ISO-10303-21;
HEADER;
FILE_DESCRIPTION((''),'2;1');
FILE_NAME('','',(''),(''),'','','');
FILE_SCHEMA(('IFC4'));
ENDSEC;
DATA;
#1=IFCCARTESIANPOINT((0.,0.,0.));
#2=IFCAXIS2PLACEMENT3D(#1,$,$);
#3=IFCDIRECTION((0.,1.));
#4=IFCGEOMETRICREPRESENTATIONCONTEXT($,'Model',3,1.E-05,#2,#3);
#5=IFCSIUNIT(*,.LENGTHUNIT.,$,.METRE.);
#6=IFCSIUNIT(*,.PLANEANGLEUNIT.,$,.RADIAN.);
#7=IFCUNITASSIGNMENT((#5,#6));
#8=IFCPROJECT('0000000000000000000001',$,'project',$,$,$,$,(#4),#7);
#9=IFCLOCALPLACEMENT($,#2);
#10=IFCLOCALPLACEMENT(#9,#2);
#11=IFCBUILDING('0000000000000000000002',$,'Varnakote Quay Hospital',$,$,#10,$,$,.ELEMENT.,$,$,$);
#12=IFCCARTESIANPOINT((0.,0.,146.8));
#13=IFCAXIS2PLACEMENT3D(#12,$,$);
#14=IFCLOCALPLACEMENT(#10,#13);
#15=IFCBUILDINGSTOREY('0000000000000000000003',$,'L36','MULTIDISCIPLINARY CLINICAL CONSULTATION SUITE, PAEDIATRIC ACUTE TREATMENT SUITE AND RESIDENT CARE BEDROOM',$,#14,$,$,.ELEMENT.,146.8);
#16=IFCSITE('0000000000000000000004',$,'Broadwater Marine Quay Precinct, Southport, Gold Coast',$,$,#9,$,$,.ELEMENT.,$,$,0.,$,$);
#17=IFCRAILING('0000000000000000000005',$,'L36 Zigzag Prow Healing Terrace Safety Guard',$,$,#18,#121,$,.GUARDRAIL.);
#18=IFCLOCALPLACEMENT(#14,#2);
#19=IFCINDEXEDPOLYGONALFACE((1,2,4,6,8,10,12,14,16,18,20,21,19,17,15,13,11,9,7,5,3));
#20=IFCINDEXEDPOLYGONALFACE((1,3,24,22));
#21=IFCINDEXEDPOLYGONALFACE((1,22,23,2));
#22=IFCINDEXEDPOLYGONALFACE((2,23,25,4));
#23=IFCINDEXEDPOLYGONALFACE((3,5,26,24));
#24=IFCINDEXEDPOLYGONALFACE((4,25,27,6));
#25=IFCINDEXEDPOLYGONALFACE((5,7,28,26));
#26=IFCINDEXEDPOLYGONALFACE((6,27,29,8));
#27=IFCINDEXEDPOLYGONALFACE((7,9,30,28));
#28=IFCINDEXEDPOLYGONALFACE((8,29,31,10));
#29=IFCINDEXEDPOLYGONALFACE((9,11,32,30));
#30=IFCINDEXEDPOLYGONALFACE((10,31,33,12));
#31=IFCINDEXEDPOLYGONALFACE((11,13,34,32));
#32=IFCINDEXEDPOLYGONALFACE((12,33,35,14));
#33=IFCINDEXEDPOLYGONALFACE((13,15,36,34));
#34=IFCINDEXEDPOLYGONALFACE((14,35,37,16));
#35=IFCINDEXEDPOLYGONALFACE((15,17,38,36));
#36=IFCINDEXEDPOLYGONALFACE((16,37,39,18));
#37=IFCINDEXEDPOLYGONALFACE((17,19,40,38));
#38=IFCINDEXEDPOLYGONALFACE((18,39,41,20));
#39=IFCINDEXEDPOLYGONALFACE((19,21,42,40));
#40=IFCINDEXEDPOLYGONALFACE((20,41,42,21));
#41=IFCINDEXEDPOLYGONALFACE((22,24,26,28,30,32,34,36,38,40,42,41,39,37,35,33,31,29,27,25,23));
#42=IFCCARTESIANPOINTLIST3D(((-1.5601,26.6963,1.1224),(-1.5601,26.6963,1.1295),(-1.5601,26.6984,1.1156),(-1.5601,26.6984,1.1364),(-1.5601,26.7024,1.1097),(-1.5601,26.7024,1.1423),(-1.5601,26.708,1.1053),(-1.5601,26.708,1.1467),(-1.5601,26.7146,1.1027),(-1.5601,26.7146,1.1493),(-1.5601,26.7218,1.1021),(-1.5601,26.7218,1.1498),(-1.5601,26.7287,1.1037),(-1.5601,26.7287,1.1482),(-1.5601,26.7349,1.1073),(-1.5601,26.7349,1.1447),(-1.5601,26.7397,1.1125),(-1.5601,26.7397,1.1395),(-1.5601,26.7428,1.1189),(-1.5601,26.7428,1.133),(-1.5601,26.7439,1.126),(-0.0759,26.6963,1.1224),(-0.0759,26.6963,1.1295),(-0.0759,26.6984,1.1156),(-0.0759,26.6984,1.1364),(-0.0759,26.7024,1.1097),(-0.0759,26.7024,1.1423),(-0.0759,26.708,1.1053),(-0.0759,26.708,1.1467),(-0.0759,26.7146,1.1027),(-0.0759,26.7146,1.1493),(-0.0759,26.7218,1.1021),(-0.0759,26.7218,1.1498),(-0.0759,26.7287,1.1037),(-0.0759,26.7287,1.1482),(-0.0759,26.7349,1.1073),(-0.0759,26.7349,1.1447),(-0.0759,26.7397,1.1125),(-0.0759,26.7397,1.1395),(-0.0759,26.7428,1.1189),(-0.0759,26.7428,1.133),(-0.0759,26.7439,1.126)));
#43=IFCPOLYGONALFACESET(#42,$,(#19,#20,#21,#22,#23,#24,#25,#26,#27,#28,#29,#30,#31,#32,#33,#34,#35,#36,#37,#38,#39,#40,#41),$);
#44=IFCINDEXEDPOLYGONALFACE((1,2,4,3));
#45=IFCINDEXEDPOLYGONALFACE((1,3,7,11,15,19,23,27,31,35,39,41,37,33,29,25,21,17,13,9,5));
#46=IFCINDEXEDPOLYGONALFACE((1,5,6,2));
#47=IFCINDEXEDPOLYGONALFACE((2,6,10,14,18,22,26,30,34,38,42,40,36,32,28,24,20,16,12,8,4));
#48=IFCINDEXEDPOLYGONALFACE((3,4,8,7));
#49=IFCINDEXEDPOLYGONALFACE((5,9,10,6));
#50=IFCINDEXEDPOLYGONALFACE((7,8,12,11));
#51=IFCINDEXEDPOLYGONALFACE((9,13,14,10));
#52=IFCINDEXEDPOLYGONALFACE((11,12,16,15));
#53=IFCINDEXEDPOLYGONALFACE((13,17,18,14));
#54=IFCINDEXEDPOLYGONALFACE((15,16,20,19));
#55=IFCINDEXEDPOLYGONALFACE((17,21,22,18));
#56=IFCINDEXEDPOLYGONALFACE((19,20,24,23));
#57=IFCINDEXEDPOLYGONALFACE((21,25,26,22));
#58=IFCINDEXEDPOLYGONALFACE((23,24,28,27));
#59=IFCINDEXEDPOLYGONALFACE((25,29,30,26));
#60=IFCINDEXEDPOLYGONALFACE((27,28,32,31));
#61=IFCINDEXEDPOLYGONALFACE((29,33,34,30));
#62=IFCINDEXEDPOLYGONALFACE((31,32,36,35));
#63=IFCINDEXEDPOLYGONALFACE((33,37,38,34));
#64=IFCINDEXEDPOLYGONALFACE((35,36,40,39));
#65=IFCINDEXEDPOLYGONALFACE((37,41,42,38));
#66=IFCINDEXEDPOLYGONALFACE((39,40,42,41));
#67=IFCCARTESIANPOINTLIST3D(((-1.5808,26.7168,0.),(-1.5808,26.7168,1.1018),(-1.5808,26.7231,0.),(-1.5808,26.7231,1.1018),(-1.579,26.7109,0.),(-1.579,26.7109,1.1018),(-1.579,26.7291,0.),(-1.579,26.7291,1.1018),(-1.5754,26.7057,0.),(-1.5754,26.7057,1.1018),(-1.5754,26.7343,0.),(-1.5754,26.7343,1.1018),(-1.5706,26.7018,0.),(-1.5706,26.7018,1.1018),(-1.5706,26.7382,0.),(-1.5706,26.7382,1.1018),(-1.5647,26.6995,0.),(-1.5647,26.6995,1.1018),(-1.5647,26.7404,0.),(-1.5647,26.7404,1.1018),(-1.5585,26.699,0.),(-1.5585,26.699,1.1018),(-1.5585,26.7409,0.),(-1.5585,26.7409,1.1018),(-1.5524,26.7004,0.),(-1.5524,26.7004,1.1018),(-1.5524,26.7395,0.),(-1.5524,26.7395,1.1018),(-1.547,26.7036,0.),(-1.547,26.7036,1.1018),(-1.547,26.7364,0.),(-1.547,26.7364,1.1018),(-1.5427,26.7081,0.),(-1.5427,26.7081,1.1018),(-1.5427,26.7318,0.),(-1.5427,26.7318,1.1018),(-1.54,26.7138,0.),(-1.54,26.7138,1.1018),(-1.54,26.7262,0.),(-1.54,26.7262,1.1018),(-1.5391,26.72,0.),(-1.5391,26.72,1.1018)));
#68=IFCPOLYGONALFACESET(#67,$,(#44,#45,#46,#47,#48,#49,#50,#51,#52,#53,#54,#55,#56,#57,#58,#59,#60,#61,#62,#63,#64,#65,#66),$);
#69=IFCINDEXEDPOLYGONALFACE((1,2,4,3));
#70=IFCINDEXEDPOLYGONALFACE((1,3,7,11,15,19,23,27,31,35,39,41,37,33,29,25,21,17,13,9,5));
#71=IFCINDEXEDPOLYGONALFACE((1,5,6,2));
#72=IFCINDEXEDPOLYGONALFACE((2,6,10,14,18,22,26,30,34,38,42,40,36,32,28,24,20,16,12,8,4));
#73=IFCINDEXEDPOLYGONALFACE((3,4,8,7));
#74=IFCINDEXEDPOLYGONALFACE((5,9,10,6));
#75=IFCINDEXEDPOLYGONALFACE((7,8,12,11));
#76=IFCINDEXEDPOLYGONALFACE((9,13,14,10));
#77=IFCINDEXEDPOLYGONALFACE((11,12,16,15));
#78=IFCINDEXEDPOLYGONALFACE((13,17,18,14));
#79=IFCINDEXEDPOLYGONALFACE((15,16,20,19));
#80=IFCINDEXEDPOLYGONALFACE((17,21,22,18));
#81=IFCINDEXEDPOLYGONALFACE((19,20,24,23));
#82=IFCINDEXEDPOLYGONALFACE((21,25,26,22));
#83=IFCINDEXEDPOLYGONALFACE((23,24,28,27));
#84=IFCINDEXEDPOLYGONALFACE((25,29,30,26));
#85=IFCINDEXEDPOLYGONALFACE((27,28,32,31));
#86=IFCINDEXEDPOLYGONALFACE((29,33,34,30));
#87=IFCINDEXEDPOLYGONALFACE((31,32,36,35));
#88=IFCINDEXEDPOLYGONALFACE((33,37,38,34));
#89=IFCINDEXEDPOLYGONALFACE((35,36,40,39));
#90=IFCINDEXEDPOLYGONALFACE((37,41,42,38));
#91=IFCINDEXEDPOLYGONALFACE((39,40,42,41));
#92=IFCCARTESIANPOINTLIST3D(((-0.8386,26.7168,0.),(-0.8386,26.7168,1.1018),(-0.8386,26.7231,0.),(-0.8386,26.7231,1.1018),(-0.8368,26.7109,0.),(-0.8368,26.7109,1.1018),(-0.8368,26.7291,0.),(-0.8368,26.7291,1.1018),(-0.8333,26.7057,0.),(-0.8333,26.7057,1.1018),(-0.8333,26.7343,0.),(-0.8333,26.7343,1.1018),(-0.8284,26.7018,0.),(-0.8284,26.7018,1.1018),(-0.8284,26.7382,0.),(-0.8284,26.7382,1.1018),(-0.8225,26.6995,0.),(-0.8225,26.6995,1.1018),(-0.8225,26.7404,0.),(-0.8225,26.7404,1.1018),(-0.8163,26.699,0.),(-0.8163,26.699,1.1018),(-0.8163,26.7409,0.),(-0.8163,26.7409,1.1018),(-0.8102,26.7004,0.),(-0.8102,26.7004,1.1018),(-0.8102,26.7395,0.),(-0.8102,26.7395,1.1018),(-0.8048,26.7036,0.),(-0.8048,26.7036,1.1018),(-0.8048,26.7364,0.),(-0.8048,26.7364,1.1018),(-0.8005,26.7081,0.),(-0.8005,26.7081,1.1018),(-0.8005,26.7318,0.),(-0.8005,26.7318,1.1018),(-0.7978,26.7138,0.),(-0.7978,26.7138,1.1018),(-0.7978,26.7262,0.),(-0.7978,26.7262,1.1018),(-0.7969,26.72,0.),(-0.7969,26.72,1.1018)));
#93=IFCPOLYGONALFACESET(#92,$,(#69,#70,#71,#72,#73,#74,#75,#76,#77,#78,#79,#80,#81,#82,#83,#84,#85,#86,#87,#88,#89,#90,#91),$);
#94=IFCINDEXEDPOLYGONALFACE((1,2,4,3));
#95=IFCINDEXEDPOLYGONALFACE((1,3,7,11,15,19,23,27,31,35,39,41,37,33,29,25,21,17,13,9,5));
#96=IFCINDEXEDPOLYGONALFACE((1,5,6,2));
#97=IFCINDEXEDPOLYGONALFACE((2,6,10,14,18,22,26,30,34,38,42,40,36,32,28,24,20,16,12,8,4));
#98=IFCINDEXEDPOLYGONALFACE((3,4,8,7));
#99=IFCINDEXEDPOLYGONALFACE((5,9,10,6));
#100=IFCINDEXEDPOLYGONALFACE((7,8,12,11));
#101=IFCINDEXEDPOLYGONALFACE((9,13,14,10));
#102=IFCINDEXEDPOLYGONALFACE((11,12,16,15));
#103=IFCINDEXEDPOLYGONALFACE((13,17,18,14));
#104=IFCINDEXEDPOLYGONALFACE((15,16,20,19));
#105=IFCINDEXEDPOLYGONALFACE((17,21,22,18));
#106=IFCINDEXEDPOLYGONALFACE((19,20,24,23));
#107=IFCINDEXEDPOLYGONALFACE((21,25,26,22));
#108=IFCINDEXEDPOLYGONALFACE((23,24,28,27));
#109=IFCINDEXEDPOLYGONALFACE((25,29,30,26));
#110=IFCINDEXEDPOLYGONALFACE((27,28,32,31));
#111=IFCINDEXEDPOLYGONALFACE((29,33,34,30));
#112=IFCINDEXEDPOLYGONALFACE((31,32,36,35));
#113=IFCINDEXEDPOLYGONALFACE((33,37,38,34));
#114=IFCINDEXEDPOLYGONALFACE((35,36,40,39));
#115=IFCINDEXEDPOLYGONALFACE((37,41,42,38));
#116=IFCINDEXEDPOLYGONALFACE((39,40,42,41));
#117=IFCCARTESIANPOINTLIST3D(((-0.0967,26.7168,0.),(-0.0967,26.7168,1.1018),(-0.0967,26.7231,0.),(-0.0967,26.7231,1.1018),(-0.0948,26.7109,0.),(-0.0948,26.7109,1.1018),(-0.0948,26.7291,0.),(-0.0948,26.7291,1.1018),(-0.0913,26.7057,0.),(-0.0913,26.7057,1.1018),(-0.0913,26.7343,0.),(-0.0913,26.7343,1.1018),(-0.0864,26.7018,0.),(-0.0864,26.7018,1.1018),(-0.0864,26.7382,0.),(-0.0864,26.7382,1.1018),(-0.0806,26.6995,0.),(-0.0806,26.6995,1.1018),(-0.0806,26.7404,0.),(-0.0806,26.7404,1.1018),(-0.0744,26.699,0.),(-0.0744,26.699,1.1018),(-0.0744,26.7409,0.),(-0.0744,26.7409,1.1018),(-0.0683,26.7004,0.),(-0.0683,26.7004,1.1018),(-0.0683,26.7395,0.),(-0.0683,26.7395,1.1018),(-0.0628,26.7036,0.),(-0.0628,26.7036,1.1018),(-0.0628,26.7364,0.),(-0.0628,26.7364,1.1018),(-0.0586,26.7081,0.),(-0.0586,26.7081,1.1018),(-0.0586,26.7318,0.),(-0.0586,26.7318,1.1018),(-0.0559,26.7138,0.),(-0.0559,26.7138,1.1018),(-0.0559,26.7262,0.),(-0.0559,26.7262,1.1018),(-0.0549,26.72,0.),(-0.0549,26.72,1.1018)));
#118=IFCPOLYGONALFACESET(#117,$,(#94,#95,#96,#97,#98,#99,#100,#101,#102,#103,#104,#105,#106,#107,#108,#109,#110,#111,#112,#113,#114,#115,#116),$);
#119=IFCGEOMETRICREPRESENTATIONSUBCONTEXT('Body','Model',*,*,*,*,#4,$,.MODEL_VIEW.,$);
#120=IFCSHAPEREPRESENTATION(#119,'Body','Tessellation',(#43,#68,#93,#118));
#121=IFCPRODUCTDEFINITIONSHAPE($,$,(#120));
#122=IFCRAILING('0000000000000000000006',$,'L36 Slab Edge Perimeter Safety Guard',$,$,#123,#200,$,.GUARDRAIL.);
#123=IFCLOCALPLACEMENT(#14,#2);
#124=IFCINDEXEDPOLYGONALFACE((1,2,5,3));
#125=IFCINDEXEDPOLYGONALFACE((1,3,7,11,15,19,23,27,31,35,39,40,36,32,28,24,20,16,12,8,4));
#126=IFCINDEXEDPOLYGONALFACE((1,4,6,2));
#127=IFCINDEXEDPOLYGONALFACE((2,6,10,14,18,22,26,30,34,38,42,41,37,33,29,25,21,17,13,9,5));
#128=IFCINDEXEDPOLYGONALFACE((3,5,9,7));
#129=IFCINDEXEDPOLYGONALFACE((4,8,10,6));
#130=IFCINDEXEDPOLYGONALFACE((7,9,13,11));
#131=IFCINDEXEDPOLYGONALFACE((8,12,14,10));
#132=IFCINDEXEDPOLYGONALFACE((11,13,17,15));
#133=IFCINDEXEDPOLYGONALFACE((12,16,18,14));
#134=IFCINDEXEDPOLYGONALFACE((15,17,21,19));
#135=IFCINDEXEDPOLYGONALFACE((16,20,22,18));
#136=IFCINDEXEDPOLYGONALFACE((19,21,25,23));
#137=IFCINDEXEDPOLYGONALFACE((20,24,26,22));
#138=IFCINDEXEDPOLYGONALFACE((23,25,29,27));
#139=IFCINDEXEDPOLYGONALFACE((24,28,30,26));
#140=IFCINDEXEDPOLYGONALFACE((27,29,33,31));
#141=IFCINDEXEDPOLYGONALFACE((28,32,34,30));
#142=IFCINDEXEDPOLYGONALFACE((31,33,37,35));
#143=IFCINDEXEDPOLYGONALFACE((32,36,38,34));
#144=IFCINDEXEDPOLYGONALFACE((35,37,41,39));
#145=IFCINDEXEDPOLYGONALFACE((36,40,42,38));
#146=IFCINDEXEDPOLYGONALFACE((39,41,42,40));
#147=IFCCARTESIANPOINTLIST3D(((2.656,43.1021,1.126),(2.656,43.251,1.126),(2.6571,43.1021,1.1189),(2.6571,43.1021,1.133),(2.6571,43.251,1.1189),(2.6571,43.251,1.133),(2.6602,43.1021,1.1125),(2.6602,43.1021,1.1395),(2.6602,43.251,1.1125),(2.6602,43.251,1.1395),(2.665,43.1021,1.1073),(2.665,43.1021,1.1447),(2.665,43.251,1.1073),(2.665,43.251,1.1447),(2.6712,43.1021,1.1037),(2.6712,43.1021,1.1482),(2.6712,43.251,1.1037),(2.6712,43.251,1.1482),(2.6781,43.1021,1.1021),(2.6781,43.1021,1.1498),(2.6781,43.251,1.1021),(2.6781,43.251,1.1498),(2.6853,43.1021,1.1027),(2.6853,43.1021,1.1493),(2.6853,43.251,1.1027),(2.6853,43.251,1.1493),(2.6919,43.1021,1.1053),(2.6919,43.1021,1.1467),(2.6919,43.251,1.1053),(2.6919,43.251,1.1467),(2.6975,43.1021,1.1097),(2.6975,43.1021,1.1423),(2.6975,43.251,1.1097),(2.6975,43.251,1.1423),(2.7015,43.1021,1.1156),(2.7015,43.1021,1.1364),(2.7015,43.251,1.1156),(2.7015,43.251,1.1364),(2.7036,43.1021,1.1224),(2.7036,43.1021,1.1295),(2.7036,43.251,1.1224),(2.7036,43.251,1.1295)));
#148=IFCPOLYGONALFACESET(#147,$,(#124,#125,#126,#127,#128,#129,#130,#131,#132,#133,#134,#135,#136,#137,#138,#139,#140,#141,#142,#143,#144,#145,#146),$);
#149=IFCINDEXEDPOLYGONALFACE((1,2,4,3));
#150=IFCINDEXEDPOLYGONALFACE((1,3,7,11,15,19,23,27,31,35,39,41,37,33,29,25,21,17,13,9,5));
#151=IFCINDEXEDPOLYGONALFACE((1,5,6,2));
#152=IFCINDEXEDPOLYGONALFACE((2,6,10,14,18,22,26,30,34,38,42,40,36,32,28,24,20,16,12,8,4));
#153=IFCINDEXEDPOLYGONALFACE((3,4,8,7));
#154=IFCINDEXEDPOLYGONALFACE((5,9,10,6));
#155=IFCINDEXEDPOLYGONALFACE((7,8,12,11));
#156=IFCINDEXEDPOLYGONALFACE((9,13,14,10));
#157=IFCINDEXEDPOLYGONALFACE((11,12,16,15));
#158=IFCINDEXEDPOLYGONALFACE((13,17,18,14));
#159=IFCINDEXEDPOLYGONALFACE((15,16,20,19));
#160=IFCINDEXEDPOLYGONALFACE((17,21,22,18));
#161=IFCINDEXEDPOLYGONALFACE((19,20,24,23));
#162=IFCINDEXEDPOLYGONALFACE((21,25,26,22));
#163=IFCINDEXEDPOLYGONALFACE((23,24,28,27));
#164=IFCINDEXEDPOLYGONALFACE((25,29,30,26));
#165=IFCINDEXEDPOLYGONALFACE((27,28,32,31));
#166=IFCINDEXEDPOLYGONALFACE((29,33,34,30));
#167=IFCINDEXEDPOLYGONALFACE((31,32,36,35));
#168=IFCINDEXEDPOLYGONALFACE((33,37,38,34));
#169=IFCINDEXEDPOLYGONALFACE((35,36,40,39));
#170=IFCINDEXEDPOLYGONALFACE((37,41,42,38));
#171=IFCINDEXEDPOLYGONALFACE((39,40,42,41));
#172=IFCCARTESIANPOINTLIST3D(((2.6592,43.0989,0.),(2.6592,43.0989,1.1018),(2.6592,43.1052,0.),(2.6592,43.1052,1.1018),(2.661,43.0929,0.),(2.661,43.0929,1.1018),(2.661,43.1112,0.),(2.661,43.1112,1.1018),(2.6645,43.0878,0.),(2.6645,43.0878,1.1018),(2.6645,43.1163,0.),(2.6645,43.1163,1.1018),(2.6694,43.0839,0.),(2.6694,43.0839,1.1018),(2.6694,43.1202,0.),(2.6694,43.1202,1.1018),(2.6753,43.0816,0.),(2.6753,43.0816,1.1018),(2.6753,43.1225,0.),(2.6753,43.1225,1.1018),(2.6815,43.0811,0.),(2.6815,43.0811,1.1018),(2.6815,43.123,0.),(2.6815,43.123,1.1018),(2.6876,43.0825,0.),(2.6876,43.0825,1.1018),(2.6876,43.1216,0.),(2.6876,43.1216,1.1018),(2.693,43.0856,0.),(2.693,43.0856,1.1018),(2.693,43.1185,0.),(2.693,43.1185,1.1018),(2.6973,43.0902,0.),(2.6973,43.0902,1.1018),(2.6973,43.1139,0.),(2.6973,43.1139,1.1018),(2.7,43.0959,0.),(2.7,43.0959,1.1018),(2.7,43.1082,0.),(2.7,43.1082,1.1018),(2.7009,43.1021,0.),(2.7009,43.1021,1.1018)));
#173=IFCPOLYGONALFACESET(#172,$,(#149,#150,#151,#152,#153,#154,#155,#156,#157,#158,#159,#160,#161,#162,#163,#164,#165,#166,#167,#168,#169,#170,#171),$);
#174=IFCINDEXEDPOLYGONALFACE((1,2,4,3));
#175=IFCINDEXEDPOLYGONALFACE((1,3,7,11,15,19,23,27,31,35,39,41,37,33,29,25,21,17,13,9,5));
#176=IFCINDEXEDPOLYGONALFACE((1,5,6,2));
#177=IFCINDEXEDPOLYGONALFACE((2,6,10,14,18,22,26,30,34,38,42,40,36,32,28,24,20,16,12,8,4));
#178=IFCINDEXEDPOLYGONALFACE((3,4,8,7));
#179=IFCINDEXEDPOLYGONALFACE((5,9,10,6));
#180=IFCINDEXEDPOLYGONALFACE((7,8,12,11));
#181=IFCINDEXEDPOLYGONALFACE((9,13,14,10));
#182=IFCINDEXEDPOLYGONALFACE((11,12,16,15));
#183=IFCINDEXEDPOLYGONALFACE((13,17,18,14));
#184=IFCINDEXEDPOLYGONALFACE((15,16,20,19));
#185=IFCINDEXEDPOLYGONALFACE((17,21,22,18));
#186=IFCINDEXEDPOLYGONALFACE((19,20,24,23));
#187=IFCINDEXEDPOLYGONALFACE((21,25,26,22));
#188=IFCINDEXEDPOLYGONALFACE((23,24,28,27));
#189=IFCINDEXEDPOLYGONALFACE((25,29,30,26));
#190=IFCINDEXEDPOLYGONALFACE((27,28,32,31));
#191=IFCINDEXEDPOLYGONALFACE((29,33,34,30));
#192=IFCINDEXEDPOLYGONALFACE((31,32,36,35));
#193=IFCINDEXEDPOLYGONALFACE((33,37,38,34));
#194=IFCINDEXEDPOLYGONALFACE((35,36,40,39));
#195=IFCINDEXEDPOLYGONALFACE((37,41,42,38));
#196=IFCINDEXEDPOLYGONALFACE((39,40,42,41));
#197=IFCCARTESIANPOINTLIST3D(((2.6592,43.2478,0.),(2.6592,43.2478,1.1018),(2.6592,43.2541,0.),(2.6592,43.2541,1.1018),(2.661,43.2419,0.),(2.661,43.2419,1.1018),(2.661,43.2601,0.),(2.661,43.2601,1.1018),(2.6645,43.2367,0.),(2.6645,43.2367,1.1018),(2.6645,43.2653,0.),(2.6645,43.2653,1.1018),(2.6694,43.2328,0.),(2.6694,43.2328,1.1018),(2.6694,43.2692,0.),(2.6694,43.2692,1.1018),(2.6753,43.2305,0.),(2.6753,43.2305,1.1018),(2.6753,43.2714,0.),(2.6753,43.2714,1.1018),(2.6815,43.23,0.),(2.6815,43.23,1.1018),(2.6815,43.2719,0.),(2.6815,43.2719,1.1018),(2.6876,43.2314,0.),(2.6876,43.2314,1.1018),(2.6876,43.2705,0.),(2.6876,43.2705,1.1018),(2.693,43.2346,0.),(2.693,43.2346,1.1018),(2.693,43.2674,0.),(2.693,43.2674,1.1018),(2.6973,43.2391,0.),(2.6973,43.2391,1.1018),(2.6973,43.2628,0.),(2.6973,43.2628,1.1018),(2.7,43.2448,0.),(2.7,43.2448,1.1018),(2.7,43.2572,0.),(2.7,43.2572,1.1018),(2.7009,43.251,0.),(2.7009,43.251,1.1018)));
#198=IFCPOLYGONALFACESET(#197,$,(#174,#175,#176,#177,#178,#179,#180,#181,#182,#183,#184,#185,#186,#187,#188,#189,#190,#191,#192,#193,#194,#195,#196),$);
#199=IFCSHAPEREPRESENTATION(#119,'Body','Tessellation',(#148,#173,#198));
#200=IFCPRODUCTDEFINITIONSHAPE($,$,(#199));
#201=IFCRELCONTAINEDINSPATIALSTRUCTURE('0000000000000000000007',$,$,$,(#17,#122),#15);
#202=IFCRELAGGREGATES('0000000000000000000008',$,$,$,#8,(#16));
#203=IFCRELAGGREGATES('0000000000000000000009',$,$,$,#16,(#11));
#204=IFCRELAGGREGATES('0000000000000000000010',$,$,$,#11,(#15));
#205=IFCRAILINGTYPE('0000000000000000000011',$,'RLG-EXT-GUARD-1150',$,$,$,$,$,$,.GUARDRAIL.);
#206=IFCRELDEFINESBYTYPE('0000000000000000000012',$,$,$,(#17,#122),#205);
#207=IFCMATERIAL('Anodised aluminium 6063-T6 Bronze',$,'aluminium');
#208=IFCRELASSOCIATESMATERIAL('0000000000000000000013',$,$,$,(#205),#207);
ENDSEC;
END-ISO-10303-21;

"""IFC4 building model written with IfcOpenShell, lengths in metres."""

from ifc_helpers import new_model, si_unit, direction, frame, origin, origin_2d, place, context, subcontext, project, spatial, circle, extrude, material, type_object, element, save


model = new_model("IFC4")

# Units and contexts
model_context = context("Model", 3, precision=1e-05, world=origin(), true_north=direction((0.0, 1.0)))
body_context = subcontext(model_context, "Body", "Model", "MODEL_VIEW")
ifc_project = project(units=[si_unit("LENGTHUNIT", "METRE"), si_unit("PLANEANGLEUNIT", "RADIAN")], contexts=[model_context])

# Site, building, storey
site_placement = place(None, origin())
site = spatial("IfcSite", under=ifc_project, at=site_placement, Name="Broadwater Marine Quay Precinct, Southport, Gold Coast", CompositionType="ELEMENT", RefElevation=0.0)
building_placement = place(site_placement, origin())
building = spatial("IfcBuilding", under=site, at=building_placement, Name="Varnakote Quay Hospital", CompositionType="ELEMENT")
storey_placement = place(building_placement, frame((0.0, 0.0, 146.8)))
storey = spatial("IfcBuildingStorey", under=building, at=storey_placement, Name="L36", Description="MULTIDISCIPLINARY CLINICAL CONSULTATION SUITE, PAEDIATRIC ACUTE TREATMENT SUITE AND RESIDENT CARE BEDROOM", CompositionType="ELEMENT", Elevation=146.8)

# Railings
ifc_material_1 = material(Name="Anodised aluminium 6063-T6 Bronze", Category="aluminium")
railing_type = type_object("IfcRailingType", Name="RLG-EXT-GUARD-1150", PredefinedType="GUARDRAIL", material=ifc_material_1)
railing_1_placement = place(storey_placement, frame((-1.5601, 26.72, 0.0)))
element("IfcRailing", 1, at=railing_1_placement, inside=storey, type_object=railing_type, Name="L36 Zigzag Prow Healing Terrace Safety Guard", PredefinedType="GUARDRAIL", context=body_context, shape_type="SweptSolid", body=[
    extrude(circle(Radius=0.0239, at=origin_2d()), frame((0.0, 0.0, 1.126), z_axis=(1.0, 0.0, 0.0), x_axis=(0.0, 1.0, 0.0)), (0.0, 0.0, 1.0), 1.4841),
    extrude(circle(Radius=0.021, at=origin_2d()), origin(), (0.0, 0.0, 1.0), 1.1018),
    extrude(circle(Radius=0.021, at=origin_2d()), frame((0.7422, 0.0, 0.0)), (0.0, 0.0, 1.0), 1.1018),
    extrude(circle(Radius=0.021, at=origin_2d()), frame((1.4841, 0.0, 0.0)), (0.0, 0.0, 1.0), 1.1018),
])
railing_2_placement = place(storey_placement, frame((2.6799, 43.1021, 0.0)))
element("IfcRailing", 2, at=railing_2_placement, inside=storey, type_object=railing_type, Name="L36 Slab Edge Perimeter Safety Guard", PredefinedType="GUARDRAIL", context=body_context, shape_type="SweptSolid", body=[
    extrude(circle(Radius=0.0239, at=origin_2d()), frame((0.0, 0.0, 1.126), z_axis=(0.0, 1.0, 0.0), x_axis=(-1.0, 0.0, 0.0)), (0.0, 0.0, 1.0), 0.1489),
    extrude(circle(Radius=0.021, at=origin_2d()), origin(), (0.0, 0.0, 1.0), 1.1018),
    extrude(circle(Radius=0.021, at=origin_2d()), frame((0.0, 0.1489, 0.0)), (0.0, 0.0, 1.0), 1.1018),
])

save(model, "model.ifc")
